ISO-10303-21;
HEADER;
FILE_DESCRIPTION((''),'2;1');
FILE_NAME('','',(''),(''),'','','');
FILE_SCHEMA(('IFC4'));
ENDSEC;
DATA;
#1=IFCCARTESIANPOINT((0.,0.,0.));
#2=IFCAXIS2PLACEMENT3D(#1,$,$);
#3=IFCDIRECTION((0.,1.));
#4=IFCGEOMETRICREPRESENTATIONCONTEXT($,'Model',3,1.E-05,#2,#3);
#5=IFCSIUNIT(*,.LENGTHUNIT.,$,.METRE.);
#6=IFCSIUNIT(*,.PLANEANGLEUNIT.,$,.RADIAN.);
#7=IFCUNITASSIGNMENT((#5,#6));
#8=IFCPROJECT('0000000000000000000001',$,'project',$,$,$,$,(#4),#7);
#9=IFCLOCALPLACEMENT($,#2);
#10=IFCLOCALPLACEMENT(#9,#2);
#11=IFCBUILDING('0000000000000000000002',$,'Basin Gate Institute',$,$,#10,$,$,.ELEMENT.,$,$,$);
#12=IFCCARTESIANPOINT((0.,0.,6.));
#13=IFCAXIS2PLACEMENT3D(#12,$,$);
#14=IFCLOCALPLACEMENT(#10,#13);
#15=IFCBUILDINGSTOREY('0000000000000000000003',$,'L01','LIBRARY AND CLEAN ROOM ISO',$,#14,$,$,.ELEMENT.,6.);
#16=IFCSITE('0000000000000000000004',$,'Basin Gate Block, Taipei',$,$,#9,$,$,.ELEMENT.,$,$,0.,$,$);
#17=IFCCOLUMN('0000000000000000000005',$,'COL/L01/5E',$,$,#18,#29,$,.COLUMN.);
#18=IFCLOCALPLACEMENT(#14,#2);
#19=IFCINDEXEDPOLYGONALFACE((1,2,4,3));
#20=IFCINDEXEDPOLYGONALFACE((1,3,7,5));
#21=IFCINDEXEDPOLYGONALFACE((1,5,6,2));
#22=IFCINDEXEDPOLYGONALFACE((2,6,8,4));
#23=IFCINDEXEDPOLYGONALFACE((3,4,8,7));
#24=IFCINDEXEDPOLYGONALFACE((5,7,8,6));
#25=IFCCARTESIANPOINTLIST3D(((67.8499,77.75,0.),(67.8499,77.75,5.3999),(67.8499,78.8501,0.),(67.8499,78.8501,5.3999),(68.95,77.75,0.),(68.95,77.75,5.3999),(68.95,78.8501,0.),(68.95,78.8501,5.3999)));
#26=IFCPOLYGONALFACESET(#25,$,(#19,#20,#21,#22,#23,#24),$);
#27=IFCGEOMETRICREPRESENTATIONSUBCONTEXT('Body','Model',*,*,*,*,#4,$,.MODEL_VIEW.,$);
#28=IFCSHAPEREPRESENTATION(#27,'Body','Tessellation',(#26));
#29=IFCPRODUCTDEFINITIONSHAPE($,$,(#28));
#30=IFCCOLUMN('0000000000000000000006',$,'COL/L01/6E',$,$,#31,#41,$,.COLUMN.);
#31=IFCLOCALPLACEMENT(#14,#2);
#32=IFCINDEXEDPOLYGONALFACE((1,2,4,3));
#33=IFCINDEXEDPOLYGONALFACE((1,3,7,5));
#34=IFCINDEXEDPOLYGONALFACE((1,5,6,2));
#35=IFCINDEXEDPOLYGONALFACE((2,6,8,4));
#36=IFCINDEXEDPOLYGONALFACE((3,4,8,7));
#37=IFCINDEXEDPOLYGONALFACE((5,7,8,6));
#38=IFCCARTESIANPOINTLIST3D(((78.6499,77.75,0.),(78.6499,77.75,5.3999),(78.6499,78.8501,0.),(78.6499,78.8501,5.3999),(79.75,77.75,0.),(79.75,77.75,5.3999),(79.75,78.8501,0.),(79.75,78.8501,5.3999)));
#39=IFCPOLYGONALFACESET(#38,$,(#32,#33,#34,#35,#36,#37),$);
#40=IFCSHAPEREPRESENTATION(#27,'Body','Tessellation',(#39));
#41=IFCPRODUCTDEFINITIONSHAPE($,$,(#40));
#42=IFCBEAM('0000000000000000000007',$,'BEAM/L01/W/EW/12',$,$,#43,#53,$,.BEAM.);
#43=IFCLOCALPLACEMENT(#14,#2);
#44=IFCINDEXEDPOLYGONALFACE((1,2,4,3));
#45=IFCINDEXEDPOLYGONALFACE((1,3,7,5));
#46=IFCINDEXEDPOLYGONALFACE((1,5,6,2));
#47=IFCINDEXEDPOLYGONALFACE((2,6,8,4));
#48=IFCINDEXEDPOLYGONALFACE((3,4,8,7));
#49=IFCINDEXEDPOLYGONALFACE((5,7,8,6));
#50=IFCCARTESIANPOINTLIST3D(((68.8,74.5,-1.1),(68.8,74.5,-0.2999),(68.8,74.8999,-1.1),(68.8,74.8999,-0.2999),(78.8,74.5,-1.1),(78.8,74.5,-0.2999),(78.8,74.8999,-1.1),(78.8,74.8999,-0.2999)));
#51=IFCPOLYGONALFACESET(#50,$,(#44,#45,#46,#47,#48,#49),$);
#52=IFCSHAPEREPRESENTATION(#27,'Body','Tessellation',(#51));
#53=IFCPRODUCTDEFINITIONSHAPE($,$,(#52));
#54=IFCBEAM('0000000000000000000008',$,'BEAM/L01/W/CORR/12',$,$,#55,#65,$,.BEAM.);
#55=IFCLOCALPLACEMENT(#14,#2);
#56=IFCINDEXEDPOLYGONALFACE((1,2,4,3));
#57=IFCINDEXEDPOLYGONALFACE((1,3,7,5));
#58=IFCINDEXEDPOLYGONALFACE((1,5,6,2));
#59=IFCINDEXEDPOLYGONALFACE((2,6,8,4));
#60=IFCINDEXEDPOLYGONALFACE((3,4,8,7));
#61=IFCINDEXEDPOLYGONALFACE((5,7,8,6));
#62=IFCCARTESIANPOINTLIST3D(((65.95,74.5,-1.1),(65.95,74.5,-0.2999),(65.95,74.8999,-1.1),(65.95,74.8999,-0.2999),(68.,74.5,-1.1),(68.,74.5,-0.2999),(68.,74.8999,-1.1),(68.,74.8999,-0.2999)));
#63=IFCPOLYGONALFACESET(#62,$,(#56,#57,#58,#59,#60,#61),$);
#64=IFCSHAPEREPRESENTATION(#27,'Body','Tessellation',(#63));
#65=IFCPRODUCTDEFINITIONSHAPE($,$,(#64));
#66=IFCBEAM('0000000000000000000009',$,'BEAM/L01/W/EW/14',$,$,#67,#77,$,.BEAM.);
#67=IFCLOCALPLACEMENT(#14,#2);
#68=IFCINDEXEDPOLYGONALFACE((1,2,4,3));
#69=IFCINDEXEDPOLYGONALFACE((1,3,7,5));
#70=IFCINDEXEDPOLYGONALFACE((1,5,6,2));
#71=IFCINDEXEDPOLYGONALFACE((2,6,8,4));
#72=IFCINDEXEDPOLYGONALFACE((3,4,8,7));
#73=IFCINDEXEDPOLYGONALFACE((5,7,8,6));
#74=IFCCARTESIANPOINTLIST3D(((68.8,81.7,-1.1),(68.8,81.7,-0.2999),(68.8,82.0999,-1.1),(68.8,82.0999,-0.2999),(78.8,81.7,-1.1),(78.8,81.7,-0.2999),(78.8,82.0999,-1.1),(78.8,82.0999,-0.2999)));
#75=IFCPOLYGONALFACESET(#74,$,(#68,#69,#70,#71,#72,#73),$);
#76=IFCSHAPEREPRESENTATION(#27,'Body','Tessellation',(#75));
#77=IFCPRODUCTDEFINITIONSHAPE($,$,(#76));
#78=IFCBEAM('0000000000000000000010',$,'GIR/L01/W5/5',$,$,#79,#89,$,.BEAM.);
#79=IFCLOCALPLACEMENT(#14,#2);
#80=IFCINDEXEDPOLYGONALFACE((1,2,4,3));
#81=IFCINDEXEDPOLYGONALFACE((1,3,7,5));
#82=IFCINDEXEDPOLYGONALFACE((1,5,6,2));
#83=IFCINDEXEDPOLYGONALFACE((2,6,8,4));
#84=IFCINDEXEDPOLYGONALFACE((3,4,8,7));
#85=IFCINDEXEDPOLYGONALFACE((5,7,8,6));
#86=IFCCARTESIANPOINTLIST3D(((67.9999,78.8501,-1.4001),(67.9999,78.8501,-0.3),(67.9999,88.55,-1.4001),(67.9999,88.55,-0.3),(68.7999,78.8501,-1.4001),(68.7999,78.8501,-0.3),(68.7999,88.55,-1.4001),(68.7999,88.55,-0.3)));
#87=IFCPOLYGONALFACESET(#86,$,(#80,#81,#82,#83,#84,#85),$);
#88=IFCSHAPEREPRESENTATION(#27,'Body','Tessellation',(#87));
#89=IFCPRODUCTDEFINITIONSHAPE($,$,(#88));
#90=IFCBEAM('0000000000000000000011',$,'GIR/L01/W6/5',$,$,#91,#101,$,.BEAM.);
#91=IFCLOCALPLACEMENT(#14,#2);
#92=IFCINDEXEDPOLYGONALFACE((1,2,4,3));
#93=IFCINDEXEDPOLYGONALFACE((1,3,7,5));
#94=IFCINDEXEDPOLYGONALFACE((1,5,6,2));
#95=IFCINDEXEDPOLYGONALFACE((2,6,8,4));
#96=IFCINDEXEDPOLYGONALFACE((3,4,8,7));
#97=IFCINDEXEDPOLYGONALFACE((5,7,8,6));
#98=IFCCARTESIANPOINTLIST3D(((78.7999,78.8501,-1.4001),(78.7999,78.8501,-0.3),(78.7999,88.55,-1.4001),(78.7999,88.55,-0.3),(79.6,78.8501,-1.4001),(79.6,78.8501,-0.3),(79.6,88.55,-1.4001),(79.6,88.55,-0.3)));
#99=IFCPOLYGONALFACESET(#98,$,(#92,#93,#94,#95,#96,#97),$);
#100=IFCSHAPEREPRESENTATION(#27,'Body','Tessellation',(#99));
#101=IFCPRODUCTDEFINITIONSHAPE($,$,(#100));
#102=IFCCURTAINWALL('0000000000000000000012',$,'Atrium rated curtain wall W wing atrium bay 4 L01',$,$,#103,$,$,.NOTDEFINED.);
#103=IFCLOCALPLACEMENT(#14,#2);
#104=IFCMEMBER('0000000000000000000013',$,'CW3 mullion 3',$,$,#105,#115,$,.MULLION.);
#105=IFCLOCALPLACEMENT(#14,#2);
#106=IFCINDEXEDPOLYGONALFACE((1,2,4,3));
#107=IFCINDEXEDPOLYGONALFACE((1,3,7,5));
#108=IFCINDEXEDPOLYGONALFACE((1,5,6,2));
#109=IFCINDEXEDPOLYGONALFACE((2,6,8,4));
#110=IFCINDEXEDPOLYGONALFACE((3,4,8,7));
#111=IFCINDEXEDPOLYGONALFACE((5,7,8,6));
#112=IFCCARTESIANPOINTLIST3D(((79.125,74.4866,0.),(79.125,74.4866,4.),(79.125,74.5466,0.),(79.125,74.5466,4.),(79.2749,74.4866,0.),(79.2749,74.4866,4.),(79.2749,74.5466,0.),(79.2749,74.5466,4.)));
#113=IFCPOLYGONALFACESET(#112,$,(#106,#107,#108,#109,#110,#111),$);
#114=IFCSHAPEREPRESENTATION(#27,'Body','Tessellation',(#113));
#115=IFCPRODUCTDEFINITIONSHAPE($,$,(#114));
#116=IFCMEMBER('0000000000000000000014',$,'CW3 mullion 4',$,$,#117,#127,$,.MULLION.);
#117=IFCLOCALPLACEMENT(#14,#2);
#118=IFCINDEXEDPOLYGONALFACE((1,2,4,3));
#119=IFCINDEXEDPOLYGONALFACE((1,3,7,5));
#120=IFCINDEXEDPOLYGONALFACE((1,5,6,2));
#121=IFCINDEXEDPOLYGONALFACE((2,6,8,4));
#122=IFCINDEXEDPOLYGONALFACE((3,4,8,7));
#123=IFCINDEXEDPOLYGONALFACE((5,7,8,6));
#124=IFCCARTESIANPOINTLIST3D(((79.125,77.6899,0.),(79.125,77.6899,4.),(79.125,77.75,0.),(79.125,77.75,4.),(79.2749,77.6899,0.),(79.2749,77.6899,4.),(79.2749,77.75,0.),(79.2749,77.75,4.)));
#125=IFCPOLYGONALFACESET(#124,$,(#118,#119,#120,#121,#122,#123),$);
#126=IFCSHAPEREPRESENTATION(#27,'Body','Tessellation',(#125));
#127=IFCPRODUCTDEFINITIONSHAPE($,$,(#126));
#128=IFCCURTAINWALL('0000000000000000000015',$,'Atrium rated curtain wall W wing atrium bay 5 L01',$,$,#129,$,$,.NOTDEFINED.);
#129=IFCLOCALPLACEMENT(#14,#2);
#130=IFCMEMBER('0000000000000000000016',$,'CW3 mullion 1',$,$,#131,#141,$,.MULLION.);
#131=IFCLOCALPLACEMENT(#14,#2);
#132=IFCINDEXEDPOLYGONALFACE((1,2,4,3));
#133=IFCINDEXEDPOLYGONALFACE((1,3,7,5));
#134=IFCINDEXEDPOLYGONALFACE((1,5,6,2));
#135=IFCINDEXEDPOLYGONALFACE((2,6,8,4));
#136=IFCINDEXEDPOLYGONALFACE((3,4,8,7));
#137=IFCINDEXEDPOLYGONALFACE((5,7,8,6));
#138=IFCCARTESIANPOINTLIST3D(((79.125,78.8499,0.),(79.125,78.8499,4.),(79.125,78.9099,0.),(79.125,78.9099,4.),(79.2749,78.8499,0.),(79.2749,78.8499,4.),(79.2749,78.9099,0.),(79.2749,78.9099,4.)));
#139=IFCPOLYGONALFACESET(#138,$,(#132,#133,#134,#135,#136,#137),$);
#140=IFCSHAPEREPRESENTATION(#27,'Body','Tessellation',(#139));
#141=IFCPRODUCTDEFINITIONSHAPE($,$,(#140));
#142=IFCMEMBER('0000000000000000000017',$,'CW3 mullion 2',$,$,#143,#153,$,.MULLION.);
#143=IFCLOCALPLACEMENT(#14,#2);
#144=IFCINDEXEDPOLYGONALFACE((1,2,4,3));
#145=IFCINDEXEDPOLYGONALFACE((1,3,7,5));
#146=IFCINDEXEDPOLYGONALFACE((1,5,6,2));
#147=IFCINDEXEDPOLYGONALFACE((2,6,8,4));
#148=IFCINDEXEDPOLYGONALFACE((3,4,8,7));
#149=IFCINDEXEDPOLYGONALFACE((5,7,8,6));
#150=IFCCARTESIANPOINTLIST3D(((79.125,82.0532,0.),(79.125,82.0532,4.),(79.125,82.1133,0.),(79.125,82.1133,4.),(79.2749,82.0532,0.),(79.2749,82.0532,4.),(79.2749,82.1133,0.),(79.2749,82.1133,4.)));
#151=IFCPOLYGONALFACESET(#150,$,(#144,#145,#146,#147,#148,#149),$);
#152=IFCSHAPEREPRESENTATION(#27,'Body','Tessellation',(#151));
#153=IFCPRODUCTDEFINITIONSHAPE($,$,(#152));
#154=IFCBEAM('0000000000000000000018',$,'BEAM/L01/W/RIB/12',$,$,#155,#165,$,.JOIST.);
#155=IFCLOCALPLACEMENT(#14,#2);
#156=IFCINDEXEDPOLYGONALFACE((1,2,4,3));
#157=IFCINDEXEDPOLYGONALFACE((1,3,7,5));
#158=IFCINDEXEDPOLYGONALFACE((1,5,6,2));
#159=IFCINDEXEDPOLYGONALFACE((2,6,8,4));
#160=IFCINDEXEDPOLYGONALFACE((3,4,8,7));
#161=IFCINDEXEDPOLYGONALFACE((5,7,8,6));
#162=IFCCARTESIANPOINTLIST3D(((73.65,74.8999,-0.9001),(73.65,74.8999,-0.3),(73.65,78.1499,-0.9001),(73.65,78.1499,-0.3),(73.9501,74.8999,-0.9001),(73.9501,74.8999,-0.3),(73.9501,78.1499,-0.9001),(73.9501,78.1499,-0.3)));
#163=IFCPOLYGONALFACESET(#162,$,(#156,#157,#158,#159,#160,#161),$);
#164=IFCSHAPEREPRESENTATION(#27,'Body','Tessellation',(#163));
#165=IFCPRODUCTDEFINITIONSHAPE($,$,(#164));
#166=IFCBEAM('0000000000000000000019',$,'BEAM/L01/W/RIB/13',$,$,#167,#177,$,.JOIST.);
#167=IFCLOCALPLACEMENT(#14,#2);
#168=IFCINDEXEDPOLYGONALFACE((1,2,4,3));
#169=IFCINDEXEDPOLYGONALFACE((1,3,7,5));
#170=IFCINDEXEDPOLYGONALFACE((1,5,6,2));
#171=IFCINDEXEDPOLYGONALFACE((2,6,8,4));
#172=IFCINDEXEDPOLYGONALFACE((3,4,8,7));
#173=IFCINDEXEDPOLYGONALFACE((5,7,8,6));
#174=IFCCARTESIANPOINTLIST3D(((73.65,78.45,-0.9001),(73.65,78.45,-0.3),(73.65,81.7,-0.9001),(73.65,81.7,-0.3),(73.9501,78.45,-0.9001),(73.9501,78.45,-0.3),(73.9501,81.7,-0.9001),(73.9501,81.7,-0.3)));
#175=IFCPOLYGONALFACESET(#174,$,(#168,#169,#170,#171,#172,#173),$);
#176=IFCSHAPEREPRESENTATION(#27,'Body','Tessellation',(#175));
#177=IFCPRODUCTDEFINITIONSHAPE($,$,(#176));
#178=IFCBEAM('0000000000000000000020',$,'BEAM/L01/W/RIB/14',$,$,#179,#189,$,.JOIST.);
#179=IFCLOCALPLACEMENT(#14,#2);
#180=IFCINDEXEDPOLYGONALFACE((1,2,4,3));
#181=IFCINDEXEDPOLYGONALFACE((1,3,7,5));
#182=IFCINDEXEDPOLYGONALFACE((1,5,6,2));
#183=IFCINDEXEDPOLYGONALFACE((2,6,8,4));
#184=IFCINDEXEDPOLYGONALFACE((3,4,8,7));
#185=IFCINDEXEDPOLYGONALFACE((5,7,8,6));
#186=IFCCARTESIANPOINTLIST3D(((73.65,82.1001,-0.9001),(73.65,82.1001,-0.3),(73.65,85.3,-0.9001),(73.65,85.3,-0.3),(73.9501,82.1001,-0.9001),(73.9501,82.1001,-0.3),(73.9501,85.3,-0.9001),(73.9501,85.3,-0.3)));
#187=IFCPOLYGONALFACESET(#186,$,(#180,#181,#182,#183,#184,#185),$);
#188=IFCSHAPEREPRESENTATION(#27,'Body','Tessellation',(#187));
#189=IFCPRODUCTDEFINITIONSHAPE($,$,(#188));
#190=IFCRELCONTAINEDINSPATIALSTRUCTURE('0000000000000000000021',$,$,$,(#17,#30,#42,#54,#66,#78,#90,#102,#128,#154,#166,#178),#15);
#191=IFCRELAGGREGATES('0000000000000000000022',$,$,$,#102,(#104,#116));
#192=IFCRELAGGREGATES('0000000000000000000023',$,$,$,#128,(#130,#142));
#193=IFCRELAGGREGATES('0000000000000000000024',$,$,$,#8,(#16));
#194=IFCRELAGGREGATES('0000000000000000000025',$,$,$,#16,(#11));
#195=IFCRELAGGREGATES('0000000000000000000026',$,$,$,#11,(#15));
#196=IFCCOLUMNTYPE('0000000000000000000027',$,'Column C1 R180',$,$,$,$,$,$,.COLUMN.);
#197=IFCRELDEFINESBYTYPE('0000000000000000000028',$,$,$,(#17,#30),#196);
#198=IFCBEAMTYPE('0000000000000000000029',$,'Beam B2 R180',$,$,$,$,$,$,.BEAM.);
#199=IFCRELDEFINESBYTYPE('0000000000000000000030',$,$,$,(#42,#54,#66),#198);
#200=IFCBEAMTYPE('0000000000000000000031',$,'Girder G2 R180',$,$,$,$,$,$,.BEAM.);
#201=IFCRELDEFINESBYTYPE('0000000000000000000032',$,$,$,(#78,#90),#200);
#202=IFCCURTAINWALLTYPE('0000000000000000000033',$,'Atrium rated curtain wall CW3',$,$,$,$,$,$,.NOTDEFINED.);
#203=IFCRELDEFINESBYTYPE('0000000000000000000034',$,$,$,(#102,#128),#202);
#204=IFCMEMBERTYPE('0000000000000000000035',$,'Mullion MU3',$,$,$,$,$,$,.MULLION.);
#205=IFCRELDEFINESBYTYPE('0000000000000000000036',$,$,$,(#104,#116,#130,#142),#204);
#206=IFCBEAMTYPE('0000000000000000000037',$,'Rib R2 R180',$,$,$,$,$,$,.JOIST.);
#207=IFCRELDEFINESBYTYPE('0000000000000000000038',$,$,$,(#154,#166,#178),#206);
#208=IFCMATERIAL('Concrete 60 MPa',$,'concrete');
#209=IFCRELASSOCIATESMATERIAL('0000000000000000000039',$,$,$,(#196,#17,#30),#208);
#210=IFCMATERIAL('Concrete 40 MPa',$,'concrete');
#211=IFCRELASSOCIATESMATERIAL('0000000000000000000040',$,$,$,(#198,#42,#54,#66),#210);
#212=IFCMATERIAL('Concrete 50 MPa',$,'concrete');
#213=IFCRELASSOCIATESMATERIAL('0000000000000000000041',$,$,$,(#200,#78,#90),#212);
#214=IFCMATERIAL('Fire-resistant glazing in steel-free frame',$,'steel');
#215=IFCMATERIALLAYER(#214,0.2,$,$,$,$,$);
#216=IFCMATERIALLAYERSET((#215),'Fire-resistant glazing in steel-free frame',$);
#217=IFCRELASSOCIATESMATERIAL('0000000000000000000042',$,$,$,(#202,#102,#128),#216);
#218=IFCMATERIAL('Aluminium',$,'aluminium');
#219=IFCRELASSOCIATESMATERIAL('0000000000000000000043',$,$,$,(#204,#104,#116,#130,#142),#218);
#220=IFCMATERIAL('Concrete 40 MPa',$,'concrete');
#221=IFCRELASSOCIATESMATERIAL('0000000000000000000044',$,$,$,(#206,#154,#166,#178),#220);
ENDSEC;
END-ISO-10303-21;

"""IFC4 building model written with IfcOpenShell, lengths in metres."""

from ifc_helpers import new_model, si_unit, direction, frame, origin, origin_2d, place, context, subcontext, project, spatial, rectangle, extrude, material, layer, layer_set, material_profile, profile_set, type_object, element, aggregate, save


model = new_model("IFC4")

# Units and contexts
model_context = context("Model", 3, precision=1e-05, world=origin(), true_north=direction((0.0, 1.0)))
body_context = subcontext(model_context, "Body", "Model", "MODEL_VIEW")
ifc_project = project(units=[si_unit("LENGTHUNIT", "METRE"), si_unit("PLANEANGLEUNIT", "RADIAN")], contexts=[model_context])

# Site, building, storey
site_placement = place(None, origin())
site = spatial("IfcSite", under=ifc_project, at=site_placement, Name="Basin Gate Block, Taipei", CompositionType="ELEMENT", RefElevation=0.0)
building_placement = place(site_placement, origin())
building = spatial("IfcBuilding", under=site, at=building_placement, Name="Basin Gate Institute", CompositionType="ELEMENT")
storey_placement = place(building_placement, frame((0.0, 0.0, 6.0)))
storey = spatial("IfcBuildingStorey", under=building, at=storey_placement, Name="L01", Description="LIBRARY AND CLEAN ROOM ISO", CompositionType="ELEMENT", Elevation=6.0)

# Columns
ifc_material_1 = material(Name="Concrete 60 MPa", Category="concrete")
ifc_material_profile_1 = material_profile(ifc_material_1, rectangle(XDim=1.1001, YDim=1.1001, at=origin_2d()), Name="Column C1 1100 x 1100")
ifc_profile_set_1 = profile_set([ifc_material_profile_1], Name="Concrete 60 MPa")
column_type = type_object("IfcColumnType", Name="Column C1 R180", PredefinedType="COLUMN", material=ifc_profile_set_1)
for number, where, z_axis, x_axis, name in (
    (1, (68.3999, 78.3, 0.0), (0.0, 0.0, 1.0), (1.0, 0.0, 0.0), "COL/L01/5E"),
    (2, (79.2, 78.3, 0.0), (0.0, 0.0, 1.0), (1.0, 0.0, 0.0), "COL/L01/6E"),
):
    element("IfcColumn", number, at=place(storey_placement, frame(where, z_axis=z_axis, x_axis=x_axis)), inside=storey, type_object=column_type, material=ifc_profile_set_1, Name=name, PredefinedType="COLUMN", context=body_context, shape_type="SweptSolid", body=[
        extrude(rectangle(XDim=1.1001, YDim=1.1001, at=origin_2d()), origin(), (0.0, 0.0, 1.0), 5.3999),
    ])

# Beams
ifc_material_2 = material(Name="Concrete 40 MPa", Category="concrete")
ifc_material_profile_2 = material_profile(ifc_material_2, rectangle(XDim=0.3999, YDim=0.8, at=origin_2d()), Name="Beam B2 400 x 800")
ifc_profile_set_2 = profile_set([ifc_material_profile_2], Name="Concrete 40 MPa")
beam_type_1 = type_object("IfcBeamType", Name="Beam B2 R180", PredefinedType="BEAM", material=ifc_profile_set_2)
beam_1_placement = place(storey_placement, frame((68.8, 74.7, -0.7), z_axis=(1.0, 0.0, 0.0), x_axis=(0.0, 1.0, 0.0)))
element("IfcBeam", 3, at=beam_1_placement, inside=storey, type_object=beam_type_1, material=ifc_profile_set_2, Name="BEAM/L01/W/EW/12", PredefinedType="BEAM", context=body_context, shape_type="SweptSolid", body=[
    extrude(rectangle(XDim=0.3999, YDim=0.8, at=origin_2d()), origin(), (0.0, 0.0, 1.0), 10.0),
])
beam_2_placement = place(storey_placement, frame((65.95, 74.7, -0.7), z_axis=(1.0, 0.0, 0.0), x_axis=(0.0, 1.0, 0.0)))
element("IfcBeam", 4, at=beam_2_placement, inside=storey, type_object=beam_type_1, material=ifc_profile_set_2, Name="BEAM/L01/W/CORR/12", PredefinedType="BEAM", context=body_context, shape_type="SweptSolid", body=[
    extrude(rectangle(XDim=0.3999, YDim=0.8, at=origin_2d()), origin(), (0.0, 0.0, 1.0), 2.05),
])
beam_3_placement = place(storey_placement, frame((68.8, 81.8999, -0.7), z_axis=(1.0, 0.0, 0.0), x_axis=(0.0, 1.0, 0.0)))
element("IfcBeam", 5, at=beam_3_placement, inside=storey, type_object=beam_type_1, material=ifc_profile_set_2, Name="BEAM/L01/W/EW/14", PredefinedType="BEAM", context=body_context, shape_type="SweptSolid", body=[
    extrude(rectangle(XDim=0.3999, YDim=0.8, at=origin_2d()), origin(), (0.0, 0.0, 1.0), 10.0),
])
ifc_material_3 = material(Name="Concrete 50 MPa", Category="concrete")
ifc_material_profile_3 = material_profile(ifc_material_3, rectangle(XDim=0.8, YDim=1.1001, at=origin_2d()), Name="Girder G2 800 x 1100")
ifc_profile_set_3 = profile_set([ifc_material_profile_3], Name="Concrete 50 MPa")
beam_type_2 = type_object("IfcBeamType", Name="Girder G2 R180", PredefinedType="BEAM", material=ifc_profile_set_3)
for number, where, z_axis, x_axis, name in (
    (6, (68.3999, 78.8501, -0.8501), (0.0, 1.0, 0.0), (-1.0, 0.0, 0.0), "GIR/L01/W5/5"),
    (7, (79.2, 78.8501, -0.8501), (0.0, 1.0, 0.0), (-1.0, 0.0, 0.0), "GIR/L01/W6/5"),
):
    element("IfcBeam", number, at=place(storey_placement, frame(where, z_axis=z_axis, x_axis=x_axis)), inside=storey, type_object=beam_type_2, material=ifc_profile_set_3, Name=name, PredefinedType="BEAM", context=body_context, shape_type="SweptSolid", body=[
        extrude(rectangle(XDim=0.8, YDim=1.1001, at=origin_2d()), origin(), (0.0, 0.0, 1.0), 9.7),
    ])

# Curtain walls, members
ifc_material_4 = material(Name="Fire-resistant glazing in steel-free frame", Category="steel")
ifc_layer_1 = layer(ifc_material_4, 0.2)
ifc_layer_set_1 = layer_set([ifc_layer_1], Name="Fire-resistant glazing in steel-free frame")
curtain_wall_type = type_object("IfcCurtainWallType", Name="Atrium rated curtain wall CW3", PredefinedType="NOTDEFINED", material=ifc_layer_set_1)
curtain_wall_1_placement = place(storey_placement, origin())
curtain_wall_1 = element("IfcCurtainWall", 8, at=curtain_wall_1_placement, inside=storey, type_object=curtain_wall_type, material=ifc_layer_set_1, Name="Atrium rated curtain wall W wing atrium bay 4 L01", PredefinedType="NOTDEFINED")
ifc_material_5 = material(Name="Aluminium", Category="aluminium")
ifc_material_profile_4 = material_profile(ifc_material_5, rectangle(XDim=0.1499, YDim=0.0601, at=origin_2d()), Name="Mullion MU3 150 x 60")
ifc_profile_set_4 = profile_set([ifc_material_profile_4], Name="Aluminium")
member_type_1 = type_object("IfcMemberType", Name="Mullion MU3", PredefinedType="MULLION", material=ifc_profile_set_4)
member_1_placement = place(storey_placement, frame((79.2, 74.5166, 0.0), z_axis=(0.0, 0.0, 1.0), x_axis=(-1.0, 0.0, 0.0)))
member_1 = element("IfcMember", 9, at=member_1_placement, type_object=member_type_1, material=ifc_profile_set_4, Name="CW3 mullion 3", PredefinedType="MULLION", context=body_context, shape_type="SweptSolid", body=[
    extrude(rectangle(XDim=0.1499, YDim=0.0601, at=origin_2d()), origin(), (0.0, 0.0, 1.0), 4.0),
])
member_2_placement = place(storey_placement, frame((79.2, 77.72, 0.0), z_axis=(0.0, 0.0, 1.0), x_axis=(-1.0, 0.0, 0.0)))
member_2 = element("IfcMember", 10, at=member_2_placement, type_object=member_type_1, material=ifc_profile_set_4, Name="CW3 mullion 4", PredefinedType="MULLION", context=body_context, shape_type="SweptSolid", body=[
    extrude(rectangle(XDim=0.1499, YDim=0.0601, at=origin_2d()), origin(), (0.0, 0.0, 1.0), 4.0),
])
curtain_wall_2_placement = place(storey_placement, origin())
curtain_wall_2 = element("IfcCurtainWall", 11, at=curtain_wall_2_placement, inside=storey, type_object=curtain_wall_type, material=ifc_layer_set_1, Name="Atrium rated curtain wall W wing atrium bay 5 L01", PredefinedType="NOTDEFINED")
member_3_placement = place(storey_placement, frame((79.2, 78.8799, 0.0), z_axis=(0.0, 0.0, 1.0), x_axis=(-1.0, 0.0, 0.0)))
member_3 = element("IfcMember", 12, at=member_3_placement, type_object=member_type_1, material=ifc_profile_set_4, Name="CW3 mullion 1", PredefinedType="MULLION", context=body_context, shape_type="SweptSolid", body=[
    extrude(rectangle(XDim=0.1499, YDim=0.0601, at=origin_2d()), origin(), (0.0, 0.0, 1.0), 4.0),
])
member_4_placement = place(storey_placement, frame((79.2, 82.0833, 0.0), z_axis=(0.0, 0.0, 1.0), x_axis=(-1.0, 0.0, 0.0)))
member_4 = element("IfcMember", 13, at=member_4_placement, type_object=member_type_1, material=ifc_profile_set_4, Name="CW3 mullion 2", PredefinedType="MULLION", context=body_context, shape_type="SweptSolid", body=[
    extrude(rectangle(XDim=0.1499, YDim=0.0601, at=origin_2d()), origin(), (0.0, 0.0, 1.0), 4.0),
])

# Beams
ifc_material_6 = material(Name="Concrete 40 MPa", Category="concrete")
ifc_material_profile_5 = material_profile(ifc_material_6, rectangle(XDim=0.3, YDim=0.6001, at=origin_2d()), Name="Rib R2 300 x 600")
ifc_profile_set_5 = profile_set([ifc_material_profile_5], Name="Concrete 40 MPa")
beam_type_3 = type_object("IfcBeamType", Name="Rib R2 R180", PredefinedType="JOIST", material=ifc_profile_set_5)
for number, where, z_axis, x_axis, name in (
    (14, (73.8, 74.8999, -0.6001), (0.0, 1.0, 0.0), (-1.0, 0.0, 0.0), "BEAM/L01/W/RIB/12"),
    (15, (73.8, 78.45, -0.6001), (0.0, 1.0, 0.0), (-1.0, 0.0, 0.0), "BEAM/L01/W/RIB/13"),
):
    element("IfcBeam", number, at=place(storey_placement, frame(where, z_axis=z_axis, x_axis=x_axis)), inside=storey, type_object=beam_type_3, material=ifc_profile_set_5, Name=name, PredefinedType="JOIST", context=body_context, shape_type="SweptSolid", body=[
        extrude(rectangle(XDim=0.3, YDim=0.6001, at=origin_2d()), origin(), (0.0, 0.0, 1.0), 3.25),
    ])
beam_4_placement = place(storey_placement, frame((73.8, 82.1001, -0.6001), z_axis=(0.0, 1.0, 0.0), x_axis=(-1.0, 0.0, 0.0)))
element("IfcBeam", 16, at=beam_4_placement, inside=storey, type_object=beam_type_3, material=ifc_profile_set_5, Name="BEAM/L01/W/RIB/14", PredefinedType="JOIST", context=body_context, shape_type="SweptSolid", body=[
    extrude(rectangle(XDim=0.3, YDim=0.6001, at=origin_2d()), origin(), (0.0, 0.0, 1.0), 3.2),
])

aggregate(curtain_wall_1, [member_1, member_2])
aggregate(curtain_wall_2, [member_3, member_4])

save(model, "model.ifc")
